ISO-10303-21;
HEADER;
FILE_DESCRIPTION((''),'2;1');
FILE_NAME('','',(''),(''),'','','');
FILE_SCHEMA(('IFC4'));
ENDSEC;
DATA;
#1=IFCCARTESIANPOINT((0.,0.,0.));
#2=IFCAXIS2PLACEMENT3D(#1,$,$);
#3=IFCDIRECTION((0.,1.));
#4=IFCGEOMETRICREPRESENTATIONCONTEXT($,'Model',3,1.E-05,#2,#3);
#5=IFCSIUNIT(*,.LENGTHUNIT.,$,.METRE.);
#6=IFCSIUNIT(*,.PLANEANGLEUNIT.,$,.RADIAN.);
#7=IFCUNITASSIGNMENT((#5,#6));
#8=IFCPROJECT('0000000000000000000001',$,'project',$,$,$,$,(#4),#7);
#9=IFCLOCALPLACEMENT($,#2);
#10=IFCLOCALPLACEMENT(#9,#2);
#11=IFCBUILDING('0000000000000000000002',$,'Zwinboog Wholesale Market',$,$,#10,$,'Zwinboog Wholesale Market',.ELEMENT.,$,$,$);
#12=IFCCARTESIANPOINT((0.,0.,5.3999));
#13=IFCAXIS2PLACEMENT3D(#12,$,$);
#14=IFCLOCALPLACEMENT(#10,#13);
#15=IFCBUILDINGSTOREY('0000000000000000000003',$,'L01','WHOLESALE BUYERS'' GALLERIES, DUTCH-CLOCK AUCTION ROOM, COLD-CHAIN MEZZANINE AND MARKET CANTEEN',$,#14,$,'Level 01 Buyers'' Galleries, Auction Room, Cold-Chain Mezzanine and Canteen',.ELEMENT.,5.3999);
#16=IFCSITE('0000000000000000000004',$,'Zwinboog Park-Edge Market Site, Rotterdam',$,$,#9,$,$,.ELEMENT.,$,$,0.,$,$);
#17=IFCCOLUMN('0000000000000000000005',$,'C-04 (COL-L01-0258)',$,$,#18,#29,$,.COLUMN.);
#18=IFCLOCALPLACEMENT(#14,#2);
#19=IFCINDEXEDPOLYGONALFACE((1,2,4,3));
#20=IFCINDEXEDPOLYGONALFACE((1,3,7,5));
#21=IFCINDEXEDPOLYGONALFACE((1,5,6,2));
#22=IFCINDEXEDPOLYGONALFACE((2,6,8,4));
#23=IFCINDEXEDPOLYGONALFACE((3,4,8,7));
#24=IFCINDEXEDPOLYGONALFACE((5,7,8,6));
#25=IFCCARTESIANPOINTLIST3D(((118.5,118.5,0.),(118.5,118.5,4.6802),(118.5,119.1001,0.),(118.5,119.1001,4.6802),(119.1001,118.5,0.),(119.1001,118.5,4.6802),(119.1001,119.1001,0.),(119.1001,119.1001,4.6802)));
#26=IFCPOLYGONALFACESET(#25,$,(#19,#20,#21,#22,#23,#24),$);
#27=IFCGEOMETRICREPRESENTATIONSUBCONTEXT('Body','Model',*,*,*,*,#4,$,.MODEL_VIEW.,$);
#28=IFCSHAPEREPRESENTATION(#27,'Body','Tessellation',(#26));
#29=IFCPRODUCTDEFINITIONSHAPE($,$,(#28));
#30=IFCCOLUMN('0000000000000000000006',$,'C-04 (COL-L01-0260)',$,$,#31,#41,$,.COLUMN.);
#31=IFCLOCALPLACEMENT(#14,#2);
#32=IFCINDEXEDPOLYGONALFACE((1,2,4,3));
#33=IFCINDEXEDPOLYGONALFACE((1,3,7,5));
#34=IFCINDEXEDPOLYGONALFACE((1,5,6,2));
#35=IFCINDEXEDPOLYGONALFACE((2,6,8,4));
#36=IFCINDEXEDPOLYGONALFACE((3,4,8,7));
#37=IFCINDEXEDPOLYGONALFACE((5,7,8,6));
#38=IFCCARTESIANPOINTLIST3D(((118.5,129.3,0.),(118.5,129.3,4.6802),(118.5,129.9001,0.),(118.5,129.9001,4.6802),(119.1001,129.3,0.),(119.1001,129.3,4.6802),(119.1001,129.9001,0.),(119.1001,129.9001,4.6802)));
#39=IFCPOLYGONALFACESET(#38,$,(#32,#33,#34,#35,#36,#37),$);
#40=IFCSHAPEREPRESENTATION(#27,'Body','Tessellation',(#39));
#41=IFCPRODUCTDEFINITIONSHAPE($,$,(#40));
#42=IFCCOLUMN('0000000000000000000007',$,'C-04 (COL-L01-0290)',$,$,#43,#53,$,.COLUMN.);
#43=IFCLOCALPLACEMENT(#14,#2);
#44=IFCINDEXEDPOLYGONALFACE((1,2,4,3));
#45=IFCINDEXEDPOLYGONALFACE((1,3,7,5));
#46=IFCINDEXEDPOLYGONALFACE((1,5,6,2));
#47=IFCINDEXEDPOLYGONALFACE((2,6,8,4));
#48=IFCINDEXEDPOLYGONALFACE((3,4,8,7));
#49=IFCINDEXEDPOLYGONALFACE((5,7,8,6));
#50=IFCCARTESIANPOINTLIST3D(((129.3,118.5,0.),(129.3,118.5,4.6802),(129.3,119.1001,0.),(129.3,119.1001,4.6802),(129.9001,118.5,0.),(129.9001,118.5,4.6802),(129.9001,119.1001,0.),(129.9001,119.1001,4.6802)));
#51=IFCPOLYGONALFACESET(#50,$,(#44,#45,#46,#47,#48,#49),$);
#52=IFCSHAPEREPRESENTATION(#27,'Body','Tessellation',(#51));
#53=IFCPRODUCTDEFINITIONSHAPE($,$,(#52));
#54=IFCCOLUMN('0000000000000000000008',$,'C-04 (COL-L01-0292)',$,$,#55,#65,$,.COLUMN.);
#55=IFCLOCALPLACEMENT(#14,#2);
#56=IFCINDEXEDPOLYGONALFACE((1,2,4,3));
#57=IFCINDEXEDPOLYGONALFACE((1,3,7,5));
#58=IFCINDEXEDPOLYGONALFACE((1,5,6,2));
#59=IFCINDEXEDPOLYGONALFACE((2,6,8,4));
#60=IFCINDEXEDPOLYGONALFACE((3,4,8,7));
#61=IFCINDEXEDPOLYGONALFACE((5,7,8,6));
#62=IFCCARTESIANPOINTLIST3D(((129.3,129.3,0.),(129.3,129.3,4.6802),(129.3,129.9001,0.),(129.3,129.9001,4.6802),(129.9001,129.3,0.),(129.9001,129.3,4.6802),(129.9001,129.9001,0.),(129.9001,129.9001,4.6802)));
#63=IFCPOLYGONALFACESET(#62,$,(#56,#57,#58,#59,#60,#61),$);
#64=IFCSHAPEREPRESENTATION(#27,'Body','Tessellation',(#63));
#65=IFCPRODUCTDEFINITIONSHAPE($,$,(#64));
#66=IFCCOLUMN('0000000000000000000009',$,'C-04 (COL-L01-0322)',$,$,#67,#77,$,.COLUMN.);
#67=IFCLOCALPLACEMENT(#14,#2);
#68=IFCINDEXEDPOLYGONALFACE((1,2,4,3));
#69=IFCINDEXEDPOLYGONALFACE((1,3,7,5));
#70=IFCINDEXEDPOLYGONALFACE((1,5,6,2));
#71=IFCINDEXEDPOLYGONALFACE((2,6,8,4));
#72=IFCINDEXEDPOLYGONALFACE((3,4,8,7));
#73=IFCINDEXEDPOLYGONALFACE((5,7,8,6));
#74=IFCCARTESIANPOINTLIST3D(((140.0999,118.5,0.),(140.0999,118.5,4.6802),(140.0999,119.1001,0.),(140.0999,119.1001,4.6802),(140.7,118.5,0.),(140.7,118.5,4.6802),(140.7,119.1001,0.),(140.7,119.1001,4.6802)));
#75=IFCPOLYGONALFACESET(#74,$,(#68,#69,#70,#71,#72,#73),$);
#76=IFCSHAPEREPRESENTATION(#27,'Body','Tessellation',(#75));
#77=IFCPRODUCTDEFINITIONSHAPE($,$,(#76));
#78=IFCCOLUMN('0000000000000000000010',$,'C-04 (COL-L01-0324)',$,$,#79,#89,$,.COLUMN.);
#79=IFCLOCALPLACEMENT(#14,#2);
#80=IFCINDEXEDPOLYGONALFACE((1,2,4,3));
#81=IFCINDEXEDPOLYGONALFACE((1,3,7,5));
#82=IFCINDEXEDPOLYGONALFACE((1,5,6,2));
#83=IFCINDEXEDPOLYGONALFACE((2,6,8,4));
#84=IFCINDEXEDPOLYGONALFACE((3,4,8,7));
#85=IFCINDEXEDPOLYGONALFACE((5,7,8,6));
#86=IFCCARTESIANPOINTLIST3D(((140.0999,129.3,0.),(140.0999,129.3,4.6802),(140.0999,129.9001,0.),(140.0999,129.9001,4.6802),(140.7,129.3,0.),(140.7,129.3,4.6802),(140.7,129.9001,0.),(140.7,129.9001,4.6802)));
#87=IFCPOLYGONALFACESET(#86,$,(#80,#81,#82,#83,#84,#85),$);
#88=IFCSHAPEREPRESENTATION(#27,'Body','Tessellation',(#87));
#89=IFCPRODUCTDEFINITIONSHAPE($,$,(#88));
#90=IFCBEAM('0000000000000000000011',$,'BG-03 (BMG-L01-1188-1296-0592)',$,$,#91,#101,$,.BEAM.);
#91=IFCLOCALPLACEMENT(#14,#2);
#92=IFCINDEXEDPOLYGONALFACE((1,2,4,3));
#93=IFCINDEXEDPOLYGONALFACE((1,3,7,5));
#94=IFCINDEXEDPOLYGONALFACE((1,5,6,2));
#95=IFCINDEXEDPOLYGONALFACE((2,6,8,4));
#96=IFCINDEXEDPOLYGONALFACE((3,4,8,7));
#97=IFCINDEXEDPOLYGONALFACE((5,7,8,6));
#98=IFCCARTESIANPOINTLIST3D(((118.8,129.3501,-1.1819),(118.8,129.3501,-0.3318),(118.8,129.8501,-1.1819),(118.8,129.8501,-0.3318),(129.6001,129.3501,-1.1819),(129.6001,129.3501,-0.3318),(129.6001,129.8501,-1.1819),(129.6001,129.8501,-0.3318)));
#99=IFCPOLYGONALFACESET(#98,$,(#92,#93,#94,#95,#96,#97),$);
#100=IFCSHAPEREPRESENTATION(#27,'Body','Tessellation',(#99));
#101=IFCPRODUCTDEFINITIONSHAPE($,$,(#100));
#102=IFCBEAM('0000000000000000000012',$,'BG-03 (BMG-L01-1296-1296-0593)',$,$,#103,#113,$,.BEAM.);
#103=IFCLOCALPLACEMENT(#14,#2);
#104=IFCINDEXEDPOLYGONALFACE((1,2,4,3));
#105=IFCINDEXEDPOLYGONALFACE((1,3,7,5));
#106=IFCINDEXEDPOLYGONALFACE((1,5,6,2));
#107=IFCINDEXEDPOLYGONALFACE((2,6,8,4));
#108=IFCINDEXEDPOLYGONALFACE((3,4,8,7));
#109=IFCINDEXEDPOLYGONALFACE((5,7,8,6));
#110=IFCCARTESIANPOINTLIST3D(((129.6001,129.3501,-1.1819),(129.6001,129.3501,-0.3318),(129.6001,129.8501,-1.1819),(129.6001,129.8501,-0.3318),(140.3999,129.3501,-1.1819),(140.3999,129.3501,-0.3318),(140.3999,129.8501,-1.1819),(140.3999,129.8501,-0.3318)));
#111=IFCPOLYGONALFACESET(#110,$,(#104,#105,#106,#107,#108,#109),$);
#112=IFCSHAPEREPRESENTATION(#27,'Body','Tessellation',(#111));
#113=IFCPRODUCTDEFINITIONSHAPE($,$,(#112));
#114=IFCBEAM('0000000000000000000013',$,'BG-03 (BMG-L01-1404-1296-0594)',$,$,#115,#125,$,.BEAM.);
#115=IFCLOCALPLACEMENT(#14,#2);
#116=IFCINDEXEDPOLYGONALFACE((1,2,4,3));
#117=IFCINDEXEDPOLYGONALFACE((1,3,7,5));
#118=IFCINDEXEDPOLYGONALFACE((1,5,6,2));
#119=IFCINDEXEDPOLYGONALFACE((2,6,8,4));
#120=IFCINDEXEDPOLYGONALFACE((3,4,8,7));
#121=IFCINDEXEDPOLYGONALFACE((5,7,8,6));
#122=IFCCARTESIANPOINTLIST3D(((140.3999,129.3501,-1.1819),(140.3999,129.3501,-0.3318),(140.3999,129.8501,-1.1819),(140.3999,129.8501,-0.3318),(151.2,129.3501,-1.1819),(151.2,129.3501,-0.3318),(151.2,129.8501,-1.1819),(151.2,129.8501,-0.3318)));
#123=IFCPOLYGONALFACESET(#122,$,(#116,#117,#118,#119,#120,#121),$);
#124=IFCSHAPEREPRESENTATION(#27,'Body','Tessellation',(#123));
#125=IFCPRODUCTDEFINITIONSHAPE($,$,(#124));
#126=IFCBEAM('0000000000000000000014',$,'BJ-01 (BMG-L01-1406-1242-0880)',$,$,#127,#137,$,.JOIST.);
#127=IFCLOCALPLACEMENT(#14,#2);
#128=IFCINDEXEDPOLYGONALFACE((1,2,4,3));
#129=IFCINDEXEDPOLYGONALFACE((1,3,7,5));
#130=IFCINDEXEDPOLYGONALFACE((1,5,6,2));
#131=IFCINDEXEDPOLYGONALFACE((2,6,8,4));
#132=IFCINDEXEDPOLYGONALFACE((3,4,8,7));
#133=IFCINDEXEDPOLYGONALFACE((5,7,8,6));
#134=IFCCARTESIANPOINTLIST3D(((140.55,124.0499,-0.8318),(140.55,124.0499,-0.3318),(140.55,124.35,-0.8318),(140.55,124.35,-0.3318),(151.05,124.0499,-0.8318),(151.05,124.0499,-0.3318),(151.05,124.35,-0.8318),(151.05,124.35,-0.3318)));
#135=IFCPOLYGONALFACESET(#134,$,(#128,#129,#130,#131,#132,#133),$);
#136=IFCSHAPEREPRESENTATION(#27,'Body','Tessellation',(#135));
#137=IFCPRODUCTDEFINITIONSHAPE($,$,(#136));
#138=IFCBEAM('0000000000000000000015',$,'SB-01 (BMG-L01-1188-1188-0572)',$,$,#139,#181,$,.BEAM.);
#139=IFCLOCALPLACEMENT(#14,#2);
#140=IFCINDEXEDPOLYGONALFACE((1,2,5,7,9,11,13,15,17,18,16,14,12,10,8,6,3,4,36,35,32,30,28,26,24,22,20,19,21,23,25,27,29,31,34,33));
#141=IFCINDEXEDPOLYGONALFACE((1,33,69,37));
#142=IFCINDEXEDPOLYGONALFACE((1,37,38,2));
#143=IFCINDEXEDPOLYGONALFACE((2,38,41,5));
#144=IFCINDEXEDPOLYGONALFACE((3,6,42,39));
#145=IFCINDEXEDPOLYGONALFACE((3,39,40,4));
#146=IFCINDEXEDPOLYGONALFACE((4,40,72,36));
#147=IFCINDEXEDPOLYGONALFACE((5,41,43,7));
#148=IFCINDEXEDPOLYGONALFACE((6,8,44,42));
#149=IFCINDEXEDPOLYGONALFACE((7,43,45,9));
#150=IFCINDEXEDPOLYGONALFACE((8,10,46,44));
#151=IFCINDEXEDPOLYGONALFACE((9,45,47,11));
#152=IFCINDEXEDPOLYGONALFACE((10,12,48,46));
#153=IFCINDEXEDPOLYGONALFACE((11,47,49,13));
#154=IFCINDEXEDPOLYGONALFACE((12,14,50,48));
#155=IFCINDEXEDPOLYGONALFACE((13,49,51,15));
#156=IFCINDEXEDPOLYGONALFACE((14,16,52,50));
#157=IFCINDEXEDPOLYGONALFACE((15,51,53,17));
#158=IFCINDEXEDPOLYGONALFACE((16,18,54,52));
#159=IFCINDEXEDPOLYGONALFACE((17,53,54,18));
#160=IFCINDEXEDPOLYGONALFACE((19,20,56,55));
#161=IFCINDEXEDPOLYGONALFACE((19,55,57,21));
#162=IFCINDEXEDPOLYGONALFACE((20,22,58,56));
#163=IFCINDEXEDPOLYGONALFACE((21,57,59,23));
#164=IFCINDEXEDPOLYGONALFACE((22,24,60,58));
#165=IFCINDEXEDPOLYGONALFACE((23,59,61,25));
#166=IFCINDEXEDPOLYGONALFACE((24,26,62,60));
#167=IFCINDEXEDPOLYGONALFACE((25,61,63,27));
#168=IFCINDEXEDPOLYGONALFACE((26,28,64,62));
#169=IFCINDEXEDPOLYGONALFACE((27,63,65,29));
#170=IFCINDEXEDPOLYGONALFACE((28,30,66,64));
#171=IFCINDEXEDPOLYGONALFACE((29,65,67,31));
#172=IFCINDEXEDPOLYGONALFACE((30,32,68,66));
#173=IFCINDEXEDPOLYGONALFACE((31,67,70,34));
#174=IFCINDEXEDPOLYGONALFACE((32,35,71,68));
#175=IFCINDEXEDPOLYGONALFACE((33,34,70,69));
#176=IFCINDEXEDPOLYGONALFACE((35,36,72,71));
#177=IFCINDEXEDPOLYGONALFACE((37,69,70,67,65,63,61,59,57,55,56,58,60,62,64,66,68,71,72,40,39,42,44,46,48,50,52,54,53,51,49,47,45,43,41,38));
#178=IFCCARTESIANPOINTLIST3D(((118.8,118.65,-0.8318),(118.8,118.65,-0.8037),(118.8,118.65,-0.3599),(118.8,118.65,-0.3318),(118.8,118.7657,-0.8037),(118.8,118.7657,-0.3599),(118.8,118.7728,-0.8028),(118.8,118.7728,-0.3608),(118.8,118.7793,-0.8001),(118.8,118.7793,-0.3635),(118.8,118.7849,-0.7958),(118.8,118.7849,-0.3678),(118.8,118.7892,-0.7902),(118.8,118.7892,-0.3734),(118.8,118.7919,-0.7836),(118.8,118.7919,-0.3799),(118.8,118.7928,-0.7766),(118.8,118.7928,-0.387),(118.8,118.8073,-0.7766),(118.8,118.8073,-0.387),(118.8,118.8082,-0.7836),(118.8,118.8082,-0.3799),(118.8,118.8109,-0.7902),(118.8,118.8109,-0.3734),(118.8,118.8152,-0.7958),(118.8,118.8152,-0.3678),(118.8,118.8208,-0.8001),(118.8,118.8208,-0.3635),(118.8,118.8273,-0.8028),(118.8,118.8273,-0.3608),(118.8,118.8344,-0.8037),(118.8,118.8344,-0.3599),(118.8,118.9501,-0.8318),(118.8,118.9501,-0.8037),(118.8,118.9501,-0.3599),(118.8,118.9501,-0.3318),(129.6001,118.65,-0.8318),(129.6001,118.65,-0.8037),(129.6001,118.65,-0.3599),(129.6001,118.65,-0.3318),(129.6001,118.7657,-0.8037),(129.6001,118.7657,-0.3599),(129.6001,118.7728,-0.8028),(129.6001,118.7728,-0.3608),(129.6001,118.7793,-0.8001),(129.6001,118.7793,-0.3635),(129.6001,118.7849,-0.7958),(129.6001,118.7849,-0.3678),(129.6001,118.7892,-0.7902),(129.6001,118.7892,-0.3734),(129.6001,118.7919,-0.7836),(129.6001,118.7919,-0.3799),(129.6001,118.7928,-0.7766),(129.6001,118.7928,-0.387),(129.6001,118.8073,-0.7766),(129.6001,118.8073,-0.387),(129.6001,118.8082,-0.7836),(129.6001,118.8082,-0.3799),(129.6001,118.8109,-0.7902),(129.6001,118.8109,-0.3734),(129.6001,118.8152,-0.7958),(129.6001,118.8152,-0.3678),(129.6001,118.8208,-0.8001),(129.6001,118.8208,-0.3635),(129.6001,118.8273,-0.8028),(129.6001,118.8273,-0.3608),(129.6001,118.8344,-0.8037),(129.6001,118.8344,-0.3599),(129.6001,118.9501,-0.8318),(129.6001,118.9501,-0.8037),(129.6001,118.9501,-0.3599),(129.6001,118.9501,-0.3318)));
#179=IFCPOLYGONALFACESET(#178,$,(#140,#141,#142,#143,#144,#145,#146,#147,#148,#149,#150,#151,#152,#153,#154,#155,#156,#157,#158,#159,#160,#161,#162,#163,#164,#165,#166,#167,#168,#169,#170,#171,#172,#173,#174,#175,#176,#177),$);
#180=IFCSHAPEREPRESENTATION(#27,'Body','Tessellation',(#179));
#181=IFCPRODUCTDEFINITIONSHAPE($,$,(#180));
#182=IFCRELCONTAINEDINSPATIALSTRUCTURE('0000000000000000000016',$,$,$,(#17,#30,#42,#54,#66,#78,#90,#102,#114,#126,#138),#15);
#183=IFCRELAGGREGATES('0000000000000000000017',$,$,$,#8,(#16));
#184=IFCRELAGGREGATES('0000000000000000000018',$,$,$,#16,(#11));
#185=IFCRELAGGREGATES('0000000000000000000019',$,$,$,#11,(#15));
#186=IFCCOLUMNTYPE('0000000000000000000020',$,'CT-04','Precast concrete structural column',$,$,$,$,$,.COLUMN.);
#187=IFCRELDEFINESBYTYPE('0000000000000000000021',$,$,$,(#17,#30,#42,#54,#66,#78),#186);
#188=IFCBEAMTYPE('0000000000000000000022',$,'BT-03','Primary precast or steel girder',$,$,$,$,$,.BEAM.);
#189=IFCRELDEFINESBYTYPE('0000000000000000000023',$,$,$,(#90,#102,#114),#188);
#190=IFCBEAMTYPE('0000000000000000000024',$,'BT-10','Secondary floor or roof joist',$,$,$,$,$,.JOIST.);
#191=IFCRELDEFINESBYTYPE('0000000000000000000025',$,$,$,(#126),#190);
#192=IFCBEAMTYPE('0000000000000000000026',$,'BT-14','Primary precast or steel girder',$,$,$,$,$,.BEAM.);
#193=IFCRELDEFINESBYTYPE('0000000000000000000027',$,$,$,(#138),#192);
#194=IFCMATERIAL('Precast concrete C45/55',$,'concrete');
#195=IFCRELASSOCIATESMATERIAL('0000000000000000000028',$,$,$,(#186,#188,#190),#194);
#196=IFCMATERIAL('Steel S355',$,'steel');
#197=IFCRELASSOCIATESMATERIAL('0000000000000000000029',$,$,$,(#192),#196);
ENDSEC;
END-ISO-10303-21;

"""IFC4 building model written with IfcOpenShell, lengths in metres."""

from ifc_helpers import new_model, si_unit, direction, frame, origin, origin_2d, place, context, subcontext, project, spatial, rectangle, i_section, extrude, material, material_profile, profile_set, type_object, element, save


model = new_model("IFC4")

# Units and contexts
model_context = context("Model", 3, precision=1e-05, world=origin(), true_north=direction((0.0, 1.0)))
body_context = subcontext(model_context, "Body", "Model", "MODEL_VIEW")
ifc_project = project(units=[si_unit("LENGTHUNIT", "METRE"), si_unit("PLANEANGLEUNIT", "RADIAN")], contexts=[model_context])

# Site, building, storey
site_placement = place(None, origin())
site = spatial("IfcSite", under=ifc_project, at=site_placement, Name="Zwinboog Park-Edge Market Site, Rotterdam", CompositionType="ELEMENT", RefElevation=0.0)
building_placement = place(site_placement, origin())
building = spatial("IfcBuilding", under=site, at=building_placement, Name="Zwinboog Wholesale Market", LongName="Zwinboog Wholesale Market", CompositionType="ELEMENT")
storey_placement = place(building_placement, frame((0.0, 0.0, 5.3999)))
storey = spatial("IfcBuildingStorey", under=building, at=storey_placement, Name="L01", Description="WHOLESALE BUYERS' GALLERIES, DUTCH-CLOCK AUCTION ROOM, COLD-CHAIN MEZZANINE AND MARKET CANTEEN", LongName="Level 01 Buyers' Galleries, Auction Room, Cold-Chain Mezzanine and Canteen", CompositionType="ELEMENT", Elevation=5.3999)

# Columns
ifc_material_1 = material(Name="Precast concrete C45/55", Category="concrete")
ifc_material_profile_1 = material_profile(ifc_material_1, rectangle(XDim=0.6001, YDim=0.6001, at=origin_2d()), Name="PC 600x600")
ifc_profile_set_1 = profile_set([ifc_material_profile_1], Name="Precast concrete C45/55")
column_type = type_object("IfcColumnType", Name="CT-04", Description="Precast concrete structural column", PredefinedType="COLUMN", material=ifc_profile_set_1)
for number, where, z_axis, x_axis, name in (
    (1, (118.8, 118.8, 0.0), (0.0, 0.0, 1.0), (1.0, 0.0, 0.0), "C-04 (COL-L01-0258)"),
    (2, (118.8, 129.6001, 0.0), (0.0, 0.0, 1.0), (1.0, 0.0, 0.0), "C-04 (COL-L01-0260)"),
    (3, (129.6001, 118.8, 0.0), (0.0, 0.0, 1.0), (1.0, 0.0, 0.0), "C-04 (COL-L01-0290)"),
    (4, (129.6001, 129.6001, 0.0), (0.0, 0.0, 1.0), (1.0, 0.0, 0.0), "C-04 (COL-L01-0292)"),
    (5, (140.3999, 118.8, 0.0), (0.0, 0.0, 1.0), (1.0, 0.0, 0.0), "C-04 (COL-L01-0322)"),
    (6, (140.3999, 129.6001, 0.0), (0.0, 0.0, 1.0), (1.0, 0.0, 0.0), "C-04 (COL-L01-0324)"),
):
    element("IfcColumn", number, at=place(storey_placement, frame(where, z_axis=z_axis, x_axis=x_axis)), inside=storey, type_object=column_type, Name=name, PredefinedType="COLUMN", context=body_context, shape_type="SweptSolid", body=[
        extrude(rectangle(XDim=0.6001, YDim=0.6001, at=origin_2d()), origin(), (0.0, 0.0, 1.0), 4.6802),
    ])

# Beams
ifc_material_profile_2 = material_profile(ifc_material_1, rectangle(XDim=0.5, YDim=0.8501, at=origin_2d()), Name="PC 500x850")
ifc_profile_set_2 = profile_set([ifc_material_profile_2], Name="Precast concrete C45/55")
beam_type_1 = type_object("IfcBeamType", Name="BT-03", Description="Primary precast or steel girder", PredefinedType="BEAM", material=ifc_profile_set_2)
beam_1_placement = place(storey_placement, frame((118.8, 129.6001, -0.7568), z_axis=(1.0, 0.0, 0.0), x_axis=(0.0, 1.0, 0.0)))
element("IfcBeam", 7, at=beam_1_placement, inside=storey, type_object=beam_type_1, Name="BG-03 (BMG-L01-1188-1296-0592)", PredefinedType="BEAM", context=body_context, shape_type="SweptSolid", body=[
    extrude(rectangle(XDim=0.5, YDim=0.8501, at=origin_2d()), origin(), (0.0, 0.0, 1.0), 10.8),
])
beam_2_placement = place(storey_placement, frame((129.6001, 129.6001, -0.7568), z_axis=(1.0, 0.0, 0.0), x_axis=(0.0, 1.0, 0.0)))
element("IfcBeam", 8, at=beam_2_placement, inside=storey, type_object=beam_type_1, Name="BG-03 (BMG-L01-1296-1296-0593)", PredefinedType="BEAM", context=body_context, shape_type="SweptSolid", body=[
    extrude(rectangle(XDim=0.5, YDim=0.8501, at=origin_2d()), origin(), (0.0, 0.0, 1.0), 10.7998),
])
beam_3_placement = place(storey_placement, frame((140.3999, 129.6001, -0.7568), z_axis=(1.0, 0.0, 0.0), x_axis=(0.0, 1.0, 0.0)))
element("IfcBeam", 9, at=beam_3_placement, inside=storey, type_object=beam_type_1, Name="BG-03 (BMG-L01-1404-1296-0594)", PredefinedType="BEAM", context=body_context, shape_type="SweptSolid", body=[
    extrude(rectangle(XDim=0.5, YDim=0.8501, at=origin_2d()), origin(), (0.0, 0.0, 1.0), 10.8),
])
ifc_material_profile_3 = material_profile(ifc_material_1, rectangle(XDim=0.3, YDim=0.5, at=origin_2d()), Name="PC 300x500")
ifc_profile_set_3 = profile_set([ifc_material_profile_3], Name="Precast concrete C45/55")
beam_type_2 = type_object("IfcBeamType", Name="BT-10", Description="Secondary floor or roof joist", PredefinedType="JOIST", material=ifc_profile_set_3)
beam_4_placement = place(storey_placement, frame((140.55, 124.2, -0.5818), z_axis=(1.0, 0.0, 0.0), x_axis=(0.0, 1.0, 0.0)))
element("IfcBeam", 10, at=beam_4_placement, inside=storey, type_object=beam_type_2, Name="BJ-01 (BMG-L01-1406-1242-0880)", PredefinedType="JOIST", context=body_context, shape_type="SweptSolid", body=[
    extrude(rectangle(XDim=0.3, YDim=0.5, at=origin_2d()), origin(), (0.0, 0.0, 1.0), 10.5),
])
ifc_material_2 = material(Name="Steel S355", Category="steel")
ifc_material_profile_4 = material_profile(ifc_material_2, i_section(OverallWidth=0.3, OverallDepth=0.5, WebThickness=0.0144, FlangeThickness=0.0281, FilletRadius=0.0271, at=origin_2d()), Name="HEB 500")
ifc_profile_set_4 = profile_set([ifc_material_profile_4], Name="Steel S355")
beam_type_3 = type_object("IfcBeamType", Name="BT-14", Description="Primary precast or steel girder", PredefinedType="BEAM", material=ifc_profile_set_4)
beam_5_placement = place(storey_placement, frame((118.8, 118.8, -0.5818), z_axis=(1.0, 0.0, 0.0), x_axis=(0.0, 1.0, 0.0)))
element("IfcBeam", 11, at=beam_5_placement, inside=storey, type_object=beam_type_3, Name="SB-01 (BMG-L01-1188-1188-0572)", PredefinedType="BEAM", context=body_context, shape_type="SweptSolid", body=[
    extrude(i_section(OverallWidth=0.3, OverallDepth=0.5, WebThickness=0.0144, FlangeThickness=0.0281, FilletRadius=0.0271, at=origin_2d()), origin(), (0.0, 0.0, 1.0), 10.8),
])

save(model, "model.ifc")
